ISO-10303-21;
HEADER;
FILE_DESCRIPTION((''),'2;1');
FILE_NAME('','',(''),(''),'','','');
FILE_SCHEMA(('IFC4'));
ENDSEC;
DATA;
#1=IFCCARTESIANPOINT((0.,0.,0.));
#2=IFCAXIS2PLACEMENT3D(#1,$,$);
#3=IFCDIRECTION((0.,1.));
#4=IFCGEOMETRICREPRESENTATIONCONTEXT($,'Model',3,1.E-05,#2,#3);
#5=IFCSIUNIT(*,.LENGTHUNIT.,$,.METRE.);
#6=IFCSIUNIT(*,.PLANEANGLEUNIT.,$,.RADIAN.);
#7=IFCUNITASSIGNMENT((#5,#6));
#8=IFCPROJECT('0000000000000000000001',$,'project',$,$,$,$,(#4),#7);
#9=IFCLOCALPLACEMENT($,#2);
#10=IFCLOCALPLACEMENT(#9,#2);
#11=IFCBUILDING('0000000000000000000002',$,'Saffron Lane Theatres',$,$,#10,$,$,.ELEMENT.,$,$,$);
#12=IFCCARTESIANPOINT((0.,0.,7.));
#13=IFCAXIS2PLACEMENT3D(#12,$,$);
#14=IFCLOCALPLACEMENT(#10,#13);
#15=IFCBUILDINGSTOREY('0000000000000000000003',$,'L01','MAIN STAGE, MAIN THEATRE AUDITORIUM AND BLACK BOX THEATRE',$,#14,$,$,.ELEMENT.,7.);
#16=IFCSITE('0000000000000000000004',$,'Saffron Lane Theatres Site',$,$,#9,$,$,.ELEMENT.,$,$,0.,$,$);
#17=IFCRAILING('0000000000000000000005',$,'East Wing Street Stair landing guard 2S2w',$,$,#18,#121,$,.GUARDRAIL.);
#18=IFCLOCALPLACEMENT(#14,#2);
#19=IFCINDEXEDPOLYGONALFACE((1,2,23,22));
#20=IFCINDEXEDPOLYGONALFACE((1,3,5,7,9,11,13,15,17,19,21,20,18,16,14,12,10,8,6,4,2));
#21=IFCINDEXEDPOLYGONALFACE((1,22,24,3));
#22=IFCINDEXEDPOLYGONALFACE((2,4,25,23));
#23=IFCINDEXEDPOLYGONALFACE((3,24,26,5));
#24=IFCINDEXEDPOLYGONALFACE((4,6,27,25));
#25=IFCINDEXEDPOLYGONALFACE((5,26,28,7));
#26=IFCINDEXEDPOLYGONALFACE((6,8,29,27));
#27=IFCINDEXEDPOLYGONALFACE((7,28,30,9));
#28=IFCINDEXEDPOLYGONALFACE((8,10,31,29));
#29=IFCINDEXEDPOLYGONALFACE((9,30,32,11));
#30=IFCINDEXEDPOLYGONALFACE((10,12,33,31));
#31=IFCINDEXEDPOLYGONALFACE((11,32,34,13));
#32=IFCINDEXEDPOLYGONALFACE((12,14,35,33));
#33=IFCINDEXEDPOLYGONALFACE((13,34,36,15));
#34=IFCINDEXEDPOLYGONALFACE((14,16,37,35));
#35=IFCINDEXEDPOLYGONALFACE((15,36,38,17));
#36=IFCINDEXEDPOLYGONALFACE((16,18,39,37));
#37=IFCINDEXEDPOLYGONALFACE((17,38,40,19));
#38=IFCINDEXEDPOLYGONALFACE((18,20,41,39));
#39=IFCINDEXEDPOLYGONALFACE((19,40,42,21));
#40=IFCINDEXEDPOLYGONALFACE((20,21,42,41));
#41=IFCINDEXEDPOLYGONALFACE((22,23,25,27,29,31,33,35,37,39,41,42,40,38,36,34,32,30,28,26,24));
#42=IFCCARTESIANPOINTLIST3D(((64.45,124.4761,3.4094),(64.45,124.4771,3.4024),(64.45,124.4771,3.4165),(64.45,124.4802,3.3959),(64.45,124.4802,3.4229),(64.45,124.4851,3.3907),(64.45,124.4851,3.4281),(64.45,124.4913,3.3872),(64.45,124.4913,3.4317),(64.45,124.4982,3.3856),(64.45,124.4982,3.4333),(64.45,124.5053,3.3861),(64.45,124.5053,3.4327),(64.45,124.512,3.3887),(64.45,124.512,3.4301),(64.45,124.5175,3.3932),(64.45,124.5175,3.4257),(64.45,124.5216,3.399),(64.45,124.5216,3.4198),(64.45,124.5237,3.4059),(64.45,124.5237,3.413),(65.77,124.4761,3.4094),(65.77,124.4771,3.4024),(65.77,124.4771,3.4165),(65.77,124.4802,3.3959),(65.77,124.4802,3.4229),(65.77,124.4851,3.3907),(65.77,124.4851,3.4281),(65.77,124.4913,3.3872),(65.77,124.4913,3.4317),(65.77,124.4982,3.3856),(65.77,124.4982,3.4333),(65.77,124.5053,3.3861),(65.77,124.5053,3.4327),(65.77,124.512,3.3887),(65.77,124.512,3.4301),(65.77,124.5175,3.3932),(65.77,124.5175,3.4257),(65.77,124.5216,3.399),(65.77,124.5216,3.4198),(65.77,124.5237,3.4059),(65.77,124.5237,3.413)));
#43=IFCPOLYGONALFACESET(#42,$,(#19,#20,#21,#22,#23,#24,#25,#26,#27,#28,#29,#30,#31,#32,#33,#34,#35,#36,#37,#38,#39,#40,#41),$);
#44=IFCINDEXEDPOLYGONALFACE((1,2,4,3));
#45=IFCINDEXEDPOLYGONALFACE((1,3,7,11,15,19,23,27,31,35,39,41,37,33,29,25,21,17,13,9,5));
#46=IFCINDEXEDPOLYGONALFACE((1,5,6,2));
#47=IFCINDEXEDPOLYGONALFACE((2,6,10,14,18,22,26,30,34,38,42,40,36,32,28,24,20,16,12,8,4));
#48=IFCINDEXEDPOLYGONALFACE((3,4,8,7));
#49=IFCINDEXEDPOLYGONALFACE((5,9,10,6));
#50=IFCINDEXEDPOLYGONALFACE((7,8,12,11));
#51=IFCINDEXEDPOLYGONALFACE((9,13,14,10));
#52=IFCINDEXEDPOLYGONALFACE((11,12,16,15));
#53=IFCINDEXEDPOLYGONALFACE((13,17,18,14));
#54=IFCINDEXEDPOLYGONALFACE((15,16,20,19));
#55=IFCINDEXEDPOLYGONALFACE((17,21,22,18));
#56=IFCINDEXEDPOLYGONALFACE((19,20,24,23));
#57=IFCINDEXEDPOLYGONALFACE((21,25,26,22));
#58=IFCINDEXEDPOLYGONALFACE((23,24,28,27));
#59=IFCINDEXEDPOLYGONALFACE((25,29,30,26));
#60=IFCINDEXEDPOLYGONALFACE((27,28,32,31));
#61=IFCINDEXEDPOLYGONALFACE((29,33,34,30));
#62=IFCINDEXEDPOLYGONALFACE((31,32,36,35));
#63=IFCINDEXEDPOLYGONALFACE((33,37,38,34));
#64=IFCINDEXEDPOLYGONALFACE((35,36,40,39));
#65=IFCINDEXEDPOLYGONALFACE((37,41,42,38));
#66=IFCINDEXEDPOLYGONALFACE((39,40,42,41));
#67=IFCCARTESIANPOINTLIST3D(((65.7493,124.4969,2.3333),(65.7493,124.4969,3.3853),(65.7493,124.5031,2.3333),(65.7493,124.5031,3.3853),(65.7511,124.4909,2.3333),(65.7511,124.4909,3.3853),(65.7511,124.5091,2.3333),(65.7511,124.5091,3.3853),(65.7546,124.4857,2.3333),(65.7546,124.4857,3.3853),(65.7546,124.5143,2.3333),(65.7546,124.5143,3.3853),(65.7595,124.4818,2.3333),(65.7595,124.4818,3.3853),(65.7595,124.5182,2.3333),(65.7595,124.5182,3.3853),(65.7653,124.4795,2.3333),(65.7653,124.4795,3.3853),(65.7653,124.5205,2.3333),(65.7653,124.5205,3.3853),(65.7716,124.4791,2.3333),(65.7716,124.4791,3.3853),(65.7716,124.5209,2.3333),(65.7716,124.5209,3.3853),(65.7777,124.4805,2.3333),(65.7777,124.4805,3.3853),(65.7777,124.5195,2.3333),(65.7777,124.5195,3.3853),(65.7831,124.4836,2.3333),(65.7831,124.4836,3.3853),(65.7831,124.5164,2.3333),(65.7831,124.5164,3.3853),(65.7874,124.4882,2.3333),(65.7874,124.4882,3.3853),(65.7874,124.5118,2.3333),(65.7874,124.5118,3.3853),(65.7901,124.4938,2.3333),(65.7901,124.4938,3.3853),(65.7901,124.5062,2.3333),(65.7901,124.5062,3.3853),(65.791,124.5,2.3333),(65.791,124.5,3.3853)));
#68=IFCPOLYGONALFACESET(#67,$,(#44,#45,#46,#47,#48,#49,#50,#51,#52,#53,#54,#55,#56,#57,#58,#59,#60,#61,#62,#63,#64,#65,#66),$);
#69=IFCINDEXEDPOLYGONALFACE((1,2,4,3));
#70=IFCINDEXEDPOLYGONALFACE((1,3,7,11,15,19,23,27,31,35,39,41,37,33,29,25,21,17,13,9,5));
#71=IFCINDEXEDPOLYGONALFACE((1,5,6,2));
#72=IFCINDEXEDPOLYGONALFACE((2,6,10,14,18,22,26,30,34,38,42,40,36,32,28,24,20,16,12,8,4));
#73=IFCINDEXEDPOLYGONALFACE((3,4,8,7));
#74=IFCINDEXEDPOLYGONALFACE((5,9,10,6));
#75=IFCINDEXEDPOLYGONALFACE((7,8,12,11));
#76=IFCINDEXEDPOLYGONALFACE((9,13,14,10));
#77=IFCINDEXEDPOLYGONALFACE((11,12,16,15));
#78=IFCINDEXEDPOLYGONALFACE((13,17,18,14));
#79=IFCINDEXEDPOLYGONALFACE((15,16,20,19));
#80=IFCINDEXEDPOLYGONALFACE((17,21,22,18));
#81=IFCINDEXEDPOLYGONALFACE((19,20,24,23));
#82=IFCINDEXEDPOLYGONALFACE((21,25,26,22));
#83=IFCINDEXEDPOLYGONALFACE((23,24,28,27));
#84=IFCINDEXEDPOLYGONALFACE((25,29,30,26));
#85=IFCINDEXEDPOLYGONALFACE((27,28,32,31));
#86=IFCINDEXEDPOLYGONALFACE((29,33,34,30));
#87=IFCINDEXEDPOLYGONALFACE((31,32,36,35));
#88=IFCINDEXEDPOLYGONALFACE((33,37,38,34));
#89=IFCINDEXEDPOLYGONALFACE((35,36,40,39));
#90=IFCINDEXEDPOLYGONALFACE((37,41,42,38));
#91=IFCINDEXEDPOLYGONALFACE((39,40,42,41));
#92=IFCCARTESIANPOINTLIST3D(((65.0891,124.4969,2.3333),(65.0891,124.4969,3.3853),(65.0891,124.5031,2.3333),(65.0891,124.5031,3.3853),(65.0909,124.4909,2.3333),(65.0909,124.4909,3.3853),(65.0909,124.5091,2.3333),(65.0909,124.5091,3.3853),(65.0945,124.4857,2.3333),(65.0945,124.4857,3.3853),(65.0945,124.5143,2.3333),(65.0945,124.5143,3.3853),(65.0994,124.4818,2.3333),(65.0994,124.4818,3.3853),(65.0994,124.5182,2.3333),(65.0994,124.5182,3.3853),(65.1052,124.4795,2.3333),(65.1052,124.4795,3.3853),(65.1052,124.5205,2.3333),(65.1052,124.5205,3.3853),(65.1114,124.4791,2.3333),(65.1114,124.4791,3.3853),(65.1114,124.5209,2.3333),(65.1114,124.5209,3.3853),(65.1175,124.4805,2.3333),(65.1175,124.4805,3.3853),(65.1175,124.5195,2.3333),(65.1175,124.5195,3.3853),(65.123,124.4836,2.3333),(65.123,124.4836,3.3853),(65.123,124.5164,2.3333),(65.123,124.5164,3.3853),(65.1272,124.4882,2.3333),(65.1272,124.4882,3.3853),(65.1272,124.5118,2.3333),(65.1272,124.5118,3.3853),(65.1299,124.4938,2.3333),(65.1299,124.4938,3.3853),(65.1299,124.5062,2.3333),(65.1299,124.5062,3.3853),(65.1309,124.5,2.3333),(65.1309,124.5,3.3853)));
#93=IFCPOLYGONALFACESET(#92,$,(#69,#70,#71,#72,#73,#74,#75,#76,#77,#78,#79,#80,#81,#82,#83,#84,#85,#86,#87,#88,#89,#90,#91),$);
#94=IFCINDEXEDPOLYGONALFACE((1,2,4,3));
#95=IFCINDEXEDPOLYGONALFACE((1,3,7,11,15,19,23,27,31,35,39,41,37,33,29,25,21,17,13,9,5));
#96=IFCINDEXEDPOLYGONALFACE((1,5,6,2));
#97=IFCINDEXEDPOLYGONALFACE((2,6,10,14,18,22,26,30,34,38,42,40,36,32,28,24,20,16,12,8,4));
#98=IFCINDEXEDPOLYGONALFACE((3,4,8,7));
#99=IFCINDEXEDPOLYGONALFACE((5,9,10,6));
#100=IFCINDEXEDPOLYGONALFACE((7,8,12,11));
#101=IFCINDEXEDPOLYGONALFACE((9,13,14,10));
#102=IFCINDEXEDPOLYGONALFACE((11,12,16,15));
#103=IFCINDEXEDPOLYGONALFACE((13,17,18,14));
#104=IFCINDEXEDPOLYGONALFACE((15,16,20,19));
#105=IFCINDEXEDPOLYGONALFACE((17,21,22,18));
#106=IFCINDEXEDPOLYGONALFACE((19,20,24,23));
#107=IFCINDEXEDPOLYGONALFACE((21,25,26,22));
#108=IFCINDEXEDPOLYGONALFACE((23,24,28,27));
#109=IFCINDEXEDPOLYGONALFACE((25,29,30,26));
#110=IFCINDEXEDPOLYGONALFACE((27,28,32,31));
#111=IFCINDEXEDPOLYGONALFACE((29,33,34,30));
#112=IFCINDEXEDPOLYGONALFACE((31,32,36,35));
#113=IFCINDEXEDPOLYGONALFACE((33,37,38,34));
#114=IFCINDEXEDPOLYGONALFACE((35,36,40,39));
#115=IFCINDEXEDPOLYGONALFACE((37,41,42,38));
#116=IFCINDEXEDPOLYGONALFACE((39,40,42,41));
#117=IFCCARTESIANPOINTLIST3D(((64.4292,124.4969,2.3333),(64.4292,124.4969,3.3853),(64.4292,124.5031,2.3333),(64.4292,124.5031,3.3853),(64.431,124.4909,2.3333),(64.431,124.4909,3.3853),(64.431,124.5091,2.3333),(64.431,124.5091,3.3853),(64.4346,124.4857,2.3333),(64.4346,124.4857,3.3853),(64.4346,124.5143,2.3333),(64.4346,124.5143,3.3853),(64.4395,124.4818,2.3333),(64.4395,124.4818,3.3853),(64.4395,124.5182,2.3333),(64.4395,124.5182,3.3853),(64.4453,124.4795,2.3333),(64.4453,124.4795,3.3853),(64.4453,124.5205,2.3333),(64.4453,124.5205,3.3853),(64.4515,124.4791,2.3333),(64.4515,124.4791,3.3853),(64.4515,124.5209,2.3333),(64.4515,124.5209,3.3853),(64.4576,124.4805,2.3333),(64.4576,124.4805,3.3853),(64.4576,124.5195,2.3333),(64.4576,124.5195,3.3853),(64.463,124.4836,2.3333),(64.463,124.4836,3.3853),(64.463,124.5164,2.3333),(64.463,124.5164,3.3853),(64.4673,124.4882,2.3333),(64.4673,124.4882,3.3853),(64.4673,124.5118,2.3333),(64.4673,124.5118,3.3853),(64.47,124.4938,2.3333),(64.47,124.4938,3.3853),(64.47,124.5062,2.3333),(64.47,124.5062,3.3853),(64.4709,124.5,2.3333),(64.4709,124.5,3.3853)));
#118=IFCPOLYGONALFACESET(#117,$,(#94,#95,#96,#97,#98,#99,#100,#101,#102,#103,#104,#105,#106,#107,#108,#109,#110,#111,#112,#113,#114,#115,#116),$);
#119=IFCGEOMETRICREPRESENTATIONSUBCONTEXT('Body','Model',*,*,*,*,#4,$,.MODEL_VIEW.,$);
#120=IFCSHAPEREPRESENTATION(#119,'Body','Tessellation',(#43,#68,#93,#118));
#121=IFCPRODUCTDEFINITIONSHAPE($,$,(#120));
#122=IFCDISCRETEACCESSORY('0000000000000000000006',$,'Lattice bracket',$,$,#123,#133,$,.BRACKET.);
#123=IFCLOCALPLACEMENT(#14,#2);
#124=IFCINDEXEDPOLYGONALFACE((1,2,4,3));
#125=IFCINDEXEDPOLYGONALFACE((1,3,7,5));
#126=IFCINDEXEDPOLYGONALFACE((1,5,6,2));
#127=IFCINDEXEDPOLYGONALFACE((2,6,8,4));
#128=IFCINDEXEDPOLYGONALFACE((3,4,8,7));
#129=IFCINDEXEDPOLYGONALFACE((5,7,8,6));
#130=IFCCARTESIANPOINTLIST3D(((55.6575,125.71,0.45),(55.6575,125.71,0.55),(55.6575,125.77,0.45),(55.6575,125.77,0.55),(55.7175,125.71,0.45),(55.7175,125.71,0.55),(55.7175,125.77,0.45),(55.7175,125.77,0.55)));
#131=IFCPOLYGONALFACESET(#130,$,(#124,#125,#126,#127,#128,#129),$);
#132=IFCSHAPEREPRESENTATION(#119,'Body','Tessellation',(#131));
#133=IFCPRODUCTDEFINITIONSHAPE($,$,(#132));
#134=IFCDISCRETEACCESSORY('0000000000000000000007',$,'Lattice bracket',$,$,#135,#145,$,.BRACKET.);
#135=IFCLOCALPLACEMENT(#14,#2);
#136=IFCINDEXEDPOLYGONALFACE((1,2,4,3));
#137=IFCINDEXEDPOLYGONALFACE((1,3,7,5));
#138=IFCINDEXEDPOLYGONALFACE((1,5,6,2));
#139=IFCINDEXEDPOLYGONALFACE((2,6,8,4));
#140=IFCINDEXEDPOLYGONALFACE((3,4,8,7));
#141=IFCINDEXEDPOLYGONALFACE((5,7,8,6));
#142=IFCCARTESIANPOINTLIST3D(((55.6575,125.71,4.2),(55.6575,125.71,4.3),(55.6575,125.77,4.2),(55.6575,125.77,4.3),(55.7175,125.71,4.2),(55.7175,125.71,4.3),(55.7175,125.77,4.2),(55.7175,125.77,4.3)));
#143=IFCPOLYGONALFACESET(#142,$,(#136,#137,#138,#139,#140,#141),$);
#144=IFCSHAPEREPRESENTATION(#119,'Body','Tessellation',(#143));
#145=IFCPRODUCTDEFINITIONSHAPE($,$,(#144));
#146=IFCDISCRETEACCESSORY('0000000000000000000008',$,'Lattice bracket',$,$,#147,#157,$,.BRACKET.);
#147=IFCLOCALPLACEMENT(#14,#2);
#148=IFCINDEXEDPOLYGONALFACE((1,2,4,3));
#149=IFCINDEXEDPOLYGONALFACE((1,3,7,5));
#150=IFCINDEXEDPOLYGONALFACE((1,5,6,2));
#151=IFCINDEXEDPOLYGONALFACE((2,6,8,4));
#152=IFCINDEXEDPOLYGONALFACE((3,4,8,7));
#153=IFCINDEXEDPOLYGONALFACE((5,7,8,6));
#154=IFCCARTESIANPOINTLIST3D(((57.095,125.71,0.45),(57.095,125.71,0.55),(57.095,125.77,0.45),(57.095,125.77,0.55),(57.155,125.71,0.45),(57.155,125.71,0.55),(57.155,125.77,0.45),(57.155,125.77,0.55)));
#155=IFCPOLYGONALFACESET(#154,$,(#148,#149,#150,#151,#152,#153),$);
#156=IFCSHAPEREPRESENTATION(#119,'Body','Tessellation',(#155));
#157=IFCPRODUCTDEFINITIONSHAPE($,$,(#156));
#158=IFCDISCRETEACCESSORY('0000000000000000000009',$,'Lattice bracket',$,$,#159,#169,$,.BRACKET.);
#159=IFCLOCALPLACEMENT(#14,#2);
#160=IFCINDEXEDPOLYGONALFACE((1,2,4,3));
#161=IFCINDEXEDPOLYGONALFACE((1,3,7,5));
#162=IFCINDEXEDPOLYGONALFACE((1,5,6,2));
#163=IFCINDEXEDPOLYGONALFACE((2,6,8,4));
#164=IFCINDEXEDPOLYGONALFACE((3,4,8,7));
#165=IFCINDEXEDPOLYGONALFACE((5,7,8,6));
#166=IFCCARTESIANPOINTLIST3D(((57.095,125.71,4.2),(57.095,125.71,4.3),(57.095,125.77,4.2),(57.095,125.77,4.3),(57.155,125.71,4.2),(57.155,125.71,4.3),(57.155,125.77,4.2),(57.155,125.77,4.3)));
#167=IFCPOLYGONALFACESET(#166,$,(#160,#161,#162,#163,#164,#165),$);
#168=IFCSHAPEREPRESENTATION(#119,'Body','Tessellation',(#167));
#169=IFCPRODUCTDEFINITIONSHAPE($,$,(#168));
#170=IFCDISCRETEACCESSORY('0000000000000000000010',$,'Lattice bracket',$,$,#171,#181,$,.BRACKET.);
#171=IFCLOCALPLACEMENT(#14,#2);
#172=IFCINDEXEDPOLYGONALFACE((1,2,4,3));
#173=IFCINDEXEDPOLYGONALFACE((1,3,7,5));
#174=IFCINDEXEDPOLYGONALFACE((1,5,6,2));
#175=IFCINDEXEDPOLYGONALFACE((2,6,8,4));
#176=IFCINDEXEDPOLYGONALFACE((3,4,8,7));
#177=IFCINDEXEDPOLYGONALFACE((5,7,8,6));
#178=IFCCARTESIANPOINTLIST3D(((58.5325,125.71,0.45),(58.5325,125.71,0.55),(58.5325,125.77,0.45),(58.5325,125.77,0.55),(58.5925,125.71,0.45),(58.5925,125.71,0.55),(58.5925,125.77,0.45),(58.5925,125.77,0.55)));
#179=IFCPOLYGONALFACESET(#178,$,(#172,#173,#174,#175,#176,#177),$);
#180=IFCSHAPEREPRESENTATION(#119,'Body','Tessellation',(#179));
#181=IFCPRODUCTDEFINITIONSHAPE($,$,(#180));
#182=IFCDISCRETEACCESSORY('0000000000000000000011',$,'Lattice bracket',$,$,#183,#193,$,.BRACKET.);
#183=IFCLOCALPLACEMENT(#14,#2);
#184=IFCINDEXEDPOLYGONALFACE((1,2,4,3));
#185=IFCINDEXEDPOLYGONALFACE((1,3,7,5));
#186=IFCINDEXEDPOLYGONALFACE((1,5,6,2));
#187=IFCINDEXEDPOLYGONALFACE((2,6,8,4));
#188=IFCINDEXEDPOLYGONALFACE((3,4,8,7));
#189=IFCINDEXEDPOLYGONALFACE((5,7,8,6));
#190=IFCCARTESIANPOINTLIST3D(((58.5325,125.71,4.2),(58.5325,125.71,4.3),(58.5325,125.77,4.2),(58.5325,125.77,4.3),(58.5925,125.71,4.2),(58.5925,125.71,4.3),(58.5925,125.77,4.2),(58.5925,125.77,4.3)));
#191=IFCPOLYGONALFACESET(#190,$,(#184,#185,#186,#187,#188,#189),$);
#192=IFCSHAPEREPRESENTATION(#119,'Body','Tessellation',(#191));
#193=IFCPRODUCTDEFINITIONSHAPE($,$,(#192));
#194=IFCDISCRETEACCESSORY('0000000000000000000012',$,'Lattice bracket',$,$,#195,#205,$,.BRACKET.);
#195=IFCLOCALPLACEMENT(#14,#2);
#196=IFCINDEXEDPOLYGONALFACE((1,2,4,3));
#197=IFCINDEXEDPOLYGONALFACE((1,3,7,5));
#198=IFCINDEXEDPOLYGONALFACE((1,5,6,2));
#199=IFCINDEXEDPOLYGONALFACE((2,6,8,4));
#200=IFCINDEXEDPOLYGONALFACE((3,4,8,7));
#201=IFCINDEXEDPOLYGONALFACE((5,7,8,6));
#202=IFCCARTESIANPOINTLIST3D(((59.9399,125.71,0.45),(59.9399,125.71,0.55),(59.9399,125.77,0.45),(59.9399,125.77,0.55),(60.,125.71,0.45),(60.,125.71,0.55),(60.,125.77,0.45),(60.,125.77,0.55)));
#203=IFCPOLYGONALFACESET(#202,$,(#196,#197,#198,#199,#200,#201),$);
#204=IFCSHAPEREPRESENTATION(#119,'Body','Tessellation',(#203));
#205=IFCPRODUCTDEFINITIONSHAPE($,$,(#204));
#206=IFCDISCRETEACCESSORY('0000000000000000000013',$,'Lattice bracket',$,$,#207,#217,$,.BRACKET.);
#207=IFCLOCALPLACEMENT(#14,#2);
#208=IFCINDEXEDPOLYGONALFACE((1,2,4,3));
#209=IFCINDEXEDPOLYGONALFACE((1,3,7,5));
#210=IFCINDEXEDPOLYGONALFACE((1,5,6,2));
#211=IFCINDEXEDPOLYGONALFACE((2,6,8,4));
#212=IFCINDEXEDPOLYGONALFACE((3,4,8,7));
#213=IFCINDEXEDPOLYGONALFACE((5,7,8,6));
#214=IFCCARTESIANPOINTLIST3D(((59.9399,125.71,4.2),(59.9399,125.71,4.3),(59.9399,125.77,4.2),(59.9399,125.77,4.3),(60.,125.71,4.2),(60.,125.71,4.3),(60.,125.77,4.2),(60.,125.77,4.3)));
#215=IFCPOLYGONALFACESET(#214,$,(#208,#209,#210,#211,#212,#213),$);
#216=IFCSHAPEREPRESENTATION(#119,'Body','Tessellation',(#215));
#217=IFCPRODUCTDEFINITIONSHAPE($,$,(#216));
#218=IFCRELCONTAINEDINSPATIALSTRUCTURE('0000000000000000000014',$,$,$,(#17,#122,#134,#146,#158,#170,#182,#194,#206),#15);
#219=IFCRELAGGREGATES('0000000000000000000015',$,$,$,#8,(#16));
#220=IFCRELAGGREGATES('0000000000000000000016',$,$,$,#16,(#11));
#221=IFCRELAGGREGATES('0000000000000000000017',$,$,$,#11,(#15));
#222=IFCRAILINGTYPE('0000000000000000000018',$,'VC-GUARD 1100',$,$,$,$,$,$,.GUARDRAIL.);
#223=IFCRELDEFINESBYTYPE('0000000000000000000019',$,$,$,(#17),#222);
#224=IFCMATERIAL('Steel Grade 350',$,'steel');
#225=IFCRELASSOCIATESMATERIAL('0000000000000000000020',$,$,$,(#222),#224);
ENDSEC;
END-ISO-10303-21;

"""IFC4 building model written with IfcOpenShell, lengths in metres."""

from ifc_helpers import new_model, si_unit, direction, frame, origin, origin_2d, place, context, subcontext, project, spatial, rectangle, circle, extrude, material, type_object, element, save


model = new_model("IFC4")

# Units and contexts
model_context = context("Model", 3, precision=1e-05, world=origin(), true_north=direction((0.0, 1.0)))
body_context = subcontext(model_context, "Body", "Model", "MODEL_VIEW")
ifc_project = project(units=[si_unit("LENGTHUNIT", "METRE"), si_unit("PLANEANGLEUNIT", "RADIAN")], contexts=[model_context])

# Site, building, storey
site_placement = place(None, origin())
site = spatial("IfcSite", under=ifc_project, at=site_placement, Name="Saffron Lane Theatres Site", CompositionType="ELEMENT", RefElevation=0.0)
building_placement = place(site_placement, origin())
building = spatial("IfcBuilding", under=site, at=building_placement, Name="Saffron Lane Theatres", CompositionType="ELEMENT")
storey_placement = place(building_placement, frame((0.0, 0.0, 7.0)))
storey = spatial("IfcBuildingStorey", under=building, at=storey_placement, Name="L01", Description="MAIN STAGE, MAIN THEATRE AUDITORIUM AND BLACK BOX THEATRE", CompositionType="ELEMENT", Elevation=7.0)

# Railing
ifc_material_1 = material(Name="Steel Grade 350", Category="steel")
railing_type = type_object("IfcRailingType", Name="VC-GUARD 1100", PredefinedType="GUARDRAIL", material=ifc_material_1)
railing_placement = place(storey_placement, frame((65.77, 124.5, 2.3333)))
element("IfcRailing", 1, at=railing_placement, inside=storey, type_object=railing_type, Name="East Wing Street Stair landing guard 2S2w", PredefinedType="GUARDRAIL", context=body_context, shape_type="SweptSolid", body=[
    extrude(circle(Radius=0.0239, at=origin_2d()), frame((0.0, 0.0, 1.0762), z_axis=(-1.0, 0.0, 0.0), x_axis=(0.0, -1.0, 0.0)), (0.0, 0.0, 1.0), 1.3201),
    extrude(circle(Radius=0.021, at=origin_2d()), origin(), (0.0, 0.0, 1.0), 1.052),
    extrude(circle(Radius=0.021, at=origin_2d()), frame((-0.6602, 0.0, 0.0)), (0.0, 0.0, 1.0), 1.052),
    extrude(circle(Radius=0.021, at=origin_2d()), frame((-1.3201, 0.0, 0.0)), (0.0, 0.0, 1.0), 1.052),
])

# Discrete accessories
for number, where, z_axis, x_axis, name in (
    (2, (55.6875, 125.74, 0.45), (0.0, 0.0, 1.0), (1.0, 0.0, 0.0), "Lattice bracket"),
    (3, (55.6875, 125.74, 4.2), (0.0, 0.0, 1.0), (1.0, 0.0, 0.0), "Lattice bracket"),
    (4, (57.125, 125.74, 0.45), (0.0, 0.0, 1.0), (1.0, 0.0, 0.0), "Lattice bracket"),
    (5, (57.125, 125.74, 4.2), (0.0, 0.0, 1.0), (1.0, 0.0, 0.0), "Lattice bracket"),
    (6, (58.5625, 125.74, 0.45), (0.0, 0.0, 1.0), (1.0, 0.0, 0.0), "Lattice bracket"),
    (7, (58.5625, 125.74, 4.2), (0.0, 0.0, 1.0), (1.0, 0.0, 0.0), "Lattice bracket"),
    (8, (59.97, 125.74, 0.45), (0.0, 0.0, 1.0), (1.0, 0.0, 0.0), "Lattice bracket"),
    (9, (59.97, 125.74, 4.2), (0.0, 0.0, 1.0), (1.0, 0.0, 0.0), "Lattice bracket"),
):
    element("IfcDiscreteAccessory", number, at=place(storey_placement, frame(where, z_axis=z_axis, x_axis=x_axis)), inside=storey, Name=name, PredefinedType="BRACKET", context=body_context, shape_type="SweptSolid", body=[
        extrude(rectangle(XDim=0.0601, YDim=0.0601, at=origin_2d()), origin(), (0.0, 0.0, 1.0), 0.1001),
    ])

save(model, "model.ifc")
